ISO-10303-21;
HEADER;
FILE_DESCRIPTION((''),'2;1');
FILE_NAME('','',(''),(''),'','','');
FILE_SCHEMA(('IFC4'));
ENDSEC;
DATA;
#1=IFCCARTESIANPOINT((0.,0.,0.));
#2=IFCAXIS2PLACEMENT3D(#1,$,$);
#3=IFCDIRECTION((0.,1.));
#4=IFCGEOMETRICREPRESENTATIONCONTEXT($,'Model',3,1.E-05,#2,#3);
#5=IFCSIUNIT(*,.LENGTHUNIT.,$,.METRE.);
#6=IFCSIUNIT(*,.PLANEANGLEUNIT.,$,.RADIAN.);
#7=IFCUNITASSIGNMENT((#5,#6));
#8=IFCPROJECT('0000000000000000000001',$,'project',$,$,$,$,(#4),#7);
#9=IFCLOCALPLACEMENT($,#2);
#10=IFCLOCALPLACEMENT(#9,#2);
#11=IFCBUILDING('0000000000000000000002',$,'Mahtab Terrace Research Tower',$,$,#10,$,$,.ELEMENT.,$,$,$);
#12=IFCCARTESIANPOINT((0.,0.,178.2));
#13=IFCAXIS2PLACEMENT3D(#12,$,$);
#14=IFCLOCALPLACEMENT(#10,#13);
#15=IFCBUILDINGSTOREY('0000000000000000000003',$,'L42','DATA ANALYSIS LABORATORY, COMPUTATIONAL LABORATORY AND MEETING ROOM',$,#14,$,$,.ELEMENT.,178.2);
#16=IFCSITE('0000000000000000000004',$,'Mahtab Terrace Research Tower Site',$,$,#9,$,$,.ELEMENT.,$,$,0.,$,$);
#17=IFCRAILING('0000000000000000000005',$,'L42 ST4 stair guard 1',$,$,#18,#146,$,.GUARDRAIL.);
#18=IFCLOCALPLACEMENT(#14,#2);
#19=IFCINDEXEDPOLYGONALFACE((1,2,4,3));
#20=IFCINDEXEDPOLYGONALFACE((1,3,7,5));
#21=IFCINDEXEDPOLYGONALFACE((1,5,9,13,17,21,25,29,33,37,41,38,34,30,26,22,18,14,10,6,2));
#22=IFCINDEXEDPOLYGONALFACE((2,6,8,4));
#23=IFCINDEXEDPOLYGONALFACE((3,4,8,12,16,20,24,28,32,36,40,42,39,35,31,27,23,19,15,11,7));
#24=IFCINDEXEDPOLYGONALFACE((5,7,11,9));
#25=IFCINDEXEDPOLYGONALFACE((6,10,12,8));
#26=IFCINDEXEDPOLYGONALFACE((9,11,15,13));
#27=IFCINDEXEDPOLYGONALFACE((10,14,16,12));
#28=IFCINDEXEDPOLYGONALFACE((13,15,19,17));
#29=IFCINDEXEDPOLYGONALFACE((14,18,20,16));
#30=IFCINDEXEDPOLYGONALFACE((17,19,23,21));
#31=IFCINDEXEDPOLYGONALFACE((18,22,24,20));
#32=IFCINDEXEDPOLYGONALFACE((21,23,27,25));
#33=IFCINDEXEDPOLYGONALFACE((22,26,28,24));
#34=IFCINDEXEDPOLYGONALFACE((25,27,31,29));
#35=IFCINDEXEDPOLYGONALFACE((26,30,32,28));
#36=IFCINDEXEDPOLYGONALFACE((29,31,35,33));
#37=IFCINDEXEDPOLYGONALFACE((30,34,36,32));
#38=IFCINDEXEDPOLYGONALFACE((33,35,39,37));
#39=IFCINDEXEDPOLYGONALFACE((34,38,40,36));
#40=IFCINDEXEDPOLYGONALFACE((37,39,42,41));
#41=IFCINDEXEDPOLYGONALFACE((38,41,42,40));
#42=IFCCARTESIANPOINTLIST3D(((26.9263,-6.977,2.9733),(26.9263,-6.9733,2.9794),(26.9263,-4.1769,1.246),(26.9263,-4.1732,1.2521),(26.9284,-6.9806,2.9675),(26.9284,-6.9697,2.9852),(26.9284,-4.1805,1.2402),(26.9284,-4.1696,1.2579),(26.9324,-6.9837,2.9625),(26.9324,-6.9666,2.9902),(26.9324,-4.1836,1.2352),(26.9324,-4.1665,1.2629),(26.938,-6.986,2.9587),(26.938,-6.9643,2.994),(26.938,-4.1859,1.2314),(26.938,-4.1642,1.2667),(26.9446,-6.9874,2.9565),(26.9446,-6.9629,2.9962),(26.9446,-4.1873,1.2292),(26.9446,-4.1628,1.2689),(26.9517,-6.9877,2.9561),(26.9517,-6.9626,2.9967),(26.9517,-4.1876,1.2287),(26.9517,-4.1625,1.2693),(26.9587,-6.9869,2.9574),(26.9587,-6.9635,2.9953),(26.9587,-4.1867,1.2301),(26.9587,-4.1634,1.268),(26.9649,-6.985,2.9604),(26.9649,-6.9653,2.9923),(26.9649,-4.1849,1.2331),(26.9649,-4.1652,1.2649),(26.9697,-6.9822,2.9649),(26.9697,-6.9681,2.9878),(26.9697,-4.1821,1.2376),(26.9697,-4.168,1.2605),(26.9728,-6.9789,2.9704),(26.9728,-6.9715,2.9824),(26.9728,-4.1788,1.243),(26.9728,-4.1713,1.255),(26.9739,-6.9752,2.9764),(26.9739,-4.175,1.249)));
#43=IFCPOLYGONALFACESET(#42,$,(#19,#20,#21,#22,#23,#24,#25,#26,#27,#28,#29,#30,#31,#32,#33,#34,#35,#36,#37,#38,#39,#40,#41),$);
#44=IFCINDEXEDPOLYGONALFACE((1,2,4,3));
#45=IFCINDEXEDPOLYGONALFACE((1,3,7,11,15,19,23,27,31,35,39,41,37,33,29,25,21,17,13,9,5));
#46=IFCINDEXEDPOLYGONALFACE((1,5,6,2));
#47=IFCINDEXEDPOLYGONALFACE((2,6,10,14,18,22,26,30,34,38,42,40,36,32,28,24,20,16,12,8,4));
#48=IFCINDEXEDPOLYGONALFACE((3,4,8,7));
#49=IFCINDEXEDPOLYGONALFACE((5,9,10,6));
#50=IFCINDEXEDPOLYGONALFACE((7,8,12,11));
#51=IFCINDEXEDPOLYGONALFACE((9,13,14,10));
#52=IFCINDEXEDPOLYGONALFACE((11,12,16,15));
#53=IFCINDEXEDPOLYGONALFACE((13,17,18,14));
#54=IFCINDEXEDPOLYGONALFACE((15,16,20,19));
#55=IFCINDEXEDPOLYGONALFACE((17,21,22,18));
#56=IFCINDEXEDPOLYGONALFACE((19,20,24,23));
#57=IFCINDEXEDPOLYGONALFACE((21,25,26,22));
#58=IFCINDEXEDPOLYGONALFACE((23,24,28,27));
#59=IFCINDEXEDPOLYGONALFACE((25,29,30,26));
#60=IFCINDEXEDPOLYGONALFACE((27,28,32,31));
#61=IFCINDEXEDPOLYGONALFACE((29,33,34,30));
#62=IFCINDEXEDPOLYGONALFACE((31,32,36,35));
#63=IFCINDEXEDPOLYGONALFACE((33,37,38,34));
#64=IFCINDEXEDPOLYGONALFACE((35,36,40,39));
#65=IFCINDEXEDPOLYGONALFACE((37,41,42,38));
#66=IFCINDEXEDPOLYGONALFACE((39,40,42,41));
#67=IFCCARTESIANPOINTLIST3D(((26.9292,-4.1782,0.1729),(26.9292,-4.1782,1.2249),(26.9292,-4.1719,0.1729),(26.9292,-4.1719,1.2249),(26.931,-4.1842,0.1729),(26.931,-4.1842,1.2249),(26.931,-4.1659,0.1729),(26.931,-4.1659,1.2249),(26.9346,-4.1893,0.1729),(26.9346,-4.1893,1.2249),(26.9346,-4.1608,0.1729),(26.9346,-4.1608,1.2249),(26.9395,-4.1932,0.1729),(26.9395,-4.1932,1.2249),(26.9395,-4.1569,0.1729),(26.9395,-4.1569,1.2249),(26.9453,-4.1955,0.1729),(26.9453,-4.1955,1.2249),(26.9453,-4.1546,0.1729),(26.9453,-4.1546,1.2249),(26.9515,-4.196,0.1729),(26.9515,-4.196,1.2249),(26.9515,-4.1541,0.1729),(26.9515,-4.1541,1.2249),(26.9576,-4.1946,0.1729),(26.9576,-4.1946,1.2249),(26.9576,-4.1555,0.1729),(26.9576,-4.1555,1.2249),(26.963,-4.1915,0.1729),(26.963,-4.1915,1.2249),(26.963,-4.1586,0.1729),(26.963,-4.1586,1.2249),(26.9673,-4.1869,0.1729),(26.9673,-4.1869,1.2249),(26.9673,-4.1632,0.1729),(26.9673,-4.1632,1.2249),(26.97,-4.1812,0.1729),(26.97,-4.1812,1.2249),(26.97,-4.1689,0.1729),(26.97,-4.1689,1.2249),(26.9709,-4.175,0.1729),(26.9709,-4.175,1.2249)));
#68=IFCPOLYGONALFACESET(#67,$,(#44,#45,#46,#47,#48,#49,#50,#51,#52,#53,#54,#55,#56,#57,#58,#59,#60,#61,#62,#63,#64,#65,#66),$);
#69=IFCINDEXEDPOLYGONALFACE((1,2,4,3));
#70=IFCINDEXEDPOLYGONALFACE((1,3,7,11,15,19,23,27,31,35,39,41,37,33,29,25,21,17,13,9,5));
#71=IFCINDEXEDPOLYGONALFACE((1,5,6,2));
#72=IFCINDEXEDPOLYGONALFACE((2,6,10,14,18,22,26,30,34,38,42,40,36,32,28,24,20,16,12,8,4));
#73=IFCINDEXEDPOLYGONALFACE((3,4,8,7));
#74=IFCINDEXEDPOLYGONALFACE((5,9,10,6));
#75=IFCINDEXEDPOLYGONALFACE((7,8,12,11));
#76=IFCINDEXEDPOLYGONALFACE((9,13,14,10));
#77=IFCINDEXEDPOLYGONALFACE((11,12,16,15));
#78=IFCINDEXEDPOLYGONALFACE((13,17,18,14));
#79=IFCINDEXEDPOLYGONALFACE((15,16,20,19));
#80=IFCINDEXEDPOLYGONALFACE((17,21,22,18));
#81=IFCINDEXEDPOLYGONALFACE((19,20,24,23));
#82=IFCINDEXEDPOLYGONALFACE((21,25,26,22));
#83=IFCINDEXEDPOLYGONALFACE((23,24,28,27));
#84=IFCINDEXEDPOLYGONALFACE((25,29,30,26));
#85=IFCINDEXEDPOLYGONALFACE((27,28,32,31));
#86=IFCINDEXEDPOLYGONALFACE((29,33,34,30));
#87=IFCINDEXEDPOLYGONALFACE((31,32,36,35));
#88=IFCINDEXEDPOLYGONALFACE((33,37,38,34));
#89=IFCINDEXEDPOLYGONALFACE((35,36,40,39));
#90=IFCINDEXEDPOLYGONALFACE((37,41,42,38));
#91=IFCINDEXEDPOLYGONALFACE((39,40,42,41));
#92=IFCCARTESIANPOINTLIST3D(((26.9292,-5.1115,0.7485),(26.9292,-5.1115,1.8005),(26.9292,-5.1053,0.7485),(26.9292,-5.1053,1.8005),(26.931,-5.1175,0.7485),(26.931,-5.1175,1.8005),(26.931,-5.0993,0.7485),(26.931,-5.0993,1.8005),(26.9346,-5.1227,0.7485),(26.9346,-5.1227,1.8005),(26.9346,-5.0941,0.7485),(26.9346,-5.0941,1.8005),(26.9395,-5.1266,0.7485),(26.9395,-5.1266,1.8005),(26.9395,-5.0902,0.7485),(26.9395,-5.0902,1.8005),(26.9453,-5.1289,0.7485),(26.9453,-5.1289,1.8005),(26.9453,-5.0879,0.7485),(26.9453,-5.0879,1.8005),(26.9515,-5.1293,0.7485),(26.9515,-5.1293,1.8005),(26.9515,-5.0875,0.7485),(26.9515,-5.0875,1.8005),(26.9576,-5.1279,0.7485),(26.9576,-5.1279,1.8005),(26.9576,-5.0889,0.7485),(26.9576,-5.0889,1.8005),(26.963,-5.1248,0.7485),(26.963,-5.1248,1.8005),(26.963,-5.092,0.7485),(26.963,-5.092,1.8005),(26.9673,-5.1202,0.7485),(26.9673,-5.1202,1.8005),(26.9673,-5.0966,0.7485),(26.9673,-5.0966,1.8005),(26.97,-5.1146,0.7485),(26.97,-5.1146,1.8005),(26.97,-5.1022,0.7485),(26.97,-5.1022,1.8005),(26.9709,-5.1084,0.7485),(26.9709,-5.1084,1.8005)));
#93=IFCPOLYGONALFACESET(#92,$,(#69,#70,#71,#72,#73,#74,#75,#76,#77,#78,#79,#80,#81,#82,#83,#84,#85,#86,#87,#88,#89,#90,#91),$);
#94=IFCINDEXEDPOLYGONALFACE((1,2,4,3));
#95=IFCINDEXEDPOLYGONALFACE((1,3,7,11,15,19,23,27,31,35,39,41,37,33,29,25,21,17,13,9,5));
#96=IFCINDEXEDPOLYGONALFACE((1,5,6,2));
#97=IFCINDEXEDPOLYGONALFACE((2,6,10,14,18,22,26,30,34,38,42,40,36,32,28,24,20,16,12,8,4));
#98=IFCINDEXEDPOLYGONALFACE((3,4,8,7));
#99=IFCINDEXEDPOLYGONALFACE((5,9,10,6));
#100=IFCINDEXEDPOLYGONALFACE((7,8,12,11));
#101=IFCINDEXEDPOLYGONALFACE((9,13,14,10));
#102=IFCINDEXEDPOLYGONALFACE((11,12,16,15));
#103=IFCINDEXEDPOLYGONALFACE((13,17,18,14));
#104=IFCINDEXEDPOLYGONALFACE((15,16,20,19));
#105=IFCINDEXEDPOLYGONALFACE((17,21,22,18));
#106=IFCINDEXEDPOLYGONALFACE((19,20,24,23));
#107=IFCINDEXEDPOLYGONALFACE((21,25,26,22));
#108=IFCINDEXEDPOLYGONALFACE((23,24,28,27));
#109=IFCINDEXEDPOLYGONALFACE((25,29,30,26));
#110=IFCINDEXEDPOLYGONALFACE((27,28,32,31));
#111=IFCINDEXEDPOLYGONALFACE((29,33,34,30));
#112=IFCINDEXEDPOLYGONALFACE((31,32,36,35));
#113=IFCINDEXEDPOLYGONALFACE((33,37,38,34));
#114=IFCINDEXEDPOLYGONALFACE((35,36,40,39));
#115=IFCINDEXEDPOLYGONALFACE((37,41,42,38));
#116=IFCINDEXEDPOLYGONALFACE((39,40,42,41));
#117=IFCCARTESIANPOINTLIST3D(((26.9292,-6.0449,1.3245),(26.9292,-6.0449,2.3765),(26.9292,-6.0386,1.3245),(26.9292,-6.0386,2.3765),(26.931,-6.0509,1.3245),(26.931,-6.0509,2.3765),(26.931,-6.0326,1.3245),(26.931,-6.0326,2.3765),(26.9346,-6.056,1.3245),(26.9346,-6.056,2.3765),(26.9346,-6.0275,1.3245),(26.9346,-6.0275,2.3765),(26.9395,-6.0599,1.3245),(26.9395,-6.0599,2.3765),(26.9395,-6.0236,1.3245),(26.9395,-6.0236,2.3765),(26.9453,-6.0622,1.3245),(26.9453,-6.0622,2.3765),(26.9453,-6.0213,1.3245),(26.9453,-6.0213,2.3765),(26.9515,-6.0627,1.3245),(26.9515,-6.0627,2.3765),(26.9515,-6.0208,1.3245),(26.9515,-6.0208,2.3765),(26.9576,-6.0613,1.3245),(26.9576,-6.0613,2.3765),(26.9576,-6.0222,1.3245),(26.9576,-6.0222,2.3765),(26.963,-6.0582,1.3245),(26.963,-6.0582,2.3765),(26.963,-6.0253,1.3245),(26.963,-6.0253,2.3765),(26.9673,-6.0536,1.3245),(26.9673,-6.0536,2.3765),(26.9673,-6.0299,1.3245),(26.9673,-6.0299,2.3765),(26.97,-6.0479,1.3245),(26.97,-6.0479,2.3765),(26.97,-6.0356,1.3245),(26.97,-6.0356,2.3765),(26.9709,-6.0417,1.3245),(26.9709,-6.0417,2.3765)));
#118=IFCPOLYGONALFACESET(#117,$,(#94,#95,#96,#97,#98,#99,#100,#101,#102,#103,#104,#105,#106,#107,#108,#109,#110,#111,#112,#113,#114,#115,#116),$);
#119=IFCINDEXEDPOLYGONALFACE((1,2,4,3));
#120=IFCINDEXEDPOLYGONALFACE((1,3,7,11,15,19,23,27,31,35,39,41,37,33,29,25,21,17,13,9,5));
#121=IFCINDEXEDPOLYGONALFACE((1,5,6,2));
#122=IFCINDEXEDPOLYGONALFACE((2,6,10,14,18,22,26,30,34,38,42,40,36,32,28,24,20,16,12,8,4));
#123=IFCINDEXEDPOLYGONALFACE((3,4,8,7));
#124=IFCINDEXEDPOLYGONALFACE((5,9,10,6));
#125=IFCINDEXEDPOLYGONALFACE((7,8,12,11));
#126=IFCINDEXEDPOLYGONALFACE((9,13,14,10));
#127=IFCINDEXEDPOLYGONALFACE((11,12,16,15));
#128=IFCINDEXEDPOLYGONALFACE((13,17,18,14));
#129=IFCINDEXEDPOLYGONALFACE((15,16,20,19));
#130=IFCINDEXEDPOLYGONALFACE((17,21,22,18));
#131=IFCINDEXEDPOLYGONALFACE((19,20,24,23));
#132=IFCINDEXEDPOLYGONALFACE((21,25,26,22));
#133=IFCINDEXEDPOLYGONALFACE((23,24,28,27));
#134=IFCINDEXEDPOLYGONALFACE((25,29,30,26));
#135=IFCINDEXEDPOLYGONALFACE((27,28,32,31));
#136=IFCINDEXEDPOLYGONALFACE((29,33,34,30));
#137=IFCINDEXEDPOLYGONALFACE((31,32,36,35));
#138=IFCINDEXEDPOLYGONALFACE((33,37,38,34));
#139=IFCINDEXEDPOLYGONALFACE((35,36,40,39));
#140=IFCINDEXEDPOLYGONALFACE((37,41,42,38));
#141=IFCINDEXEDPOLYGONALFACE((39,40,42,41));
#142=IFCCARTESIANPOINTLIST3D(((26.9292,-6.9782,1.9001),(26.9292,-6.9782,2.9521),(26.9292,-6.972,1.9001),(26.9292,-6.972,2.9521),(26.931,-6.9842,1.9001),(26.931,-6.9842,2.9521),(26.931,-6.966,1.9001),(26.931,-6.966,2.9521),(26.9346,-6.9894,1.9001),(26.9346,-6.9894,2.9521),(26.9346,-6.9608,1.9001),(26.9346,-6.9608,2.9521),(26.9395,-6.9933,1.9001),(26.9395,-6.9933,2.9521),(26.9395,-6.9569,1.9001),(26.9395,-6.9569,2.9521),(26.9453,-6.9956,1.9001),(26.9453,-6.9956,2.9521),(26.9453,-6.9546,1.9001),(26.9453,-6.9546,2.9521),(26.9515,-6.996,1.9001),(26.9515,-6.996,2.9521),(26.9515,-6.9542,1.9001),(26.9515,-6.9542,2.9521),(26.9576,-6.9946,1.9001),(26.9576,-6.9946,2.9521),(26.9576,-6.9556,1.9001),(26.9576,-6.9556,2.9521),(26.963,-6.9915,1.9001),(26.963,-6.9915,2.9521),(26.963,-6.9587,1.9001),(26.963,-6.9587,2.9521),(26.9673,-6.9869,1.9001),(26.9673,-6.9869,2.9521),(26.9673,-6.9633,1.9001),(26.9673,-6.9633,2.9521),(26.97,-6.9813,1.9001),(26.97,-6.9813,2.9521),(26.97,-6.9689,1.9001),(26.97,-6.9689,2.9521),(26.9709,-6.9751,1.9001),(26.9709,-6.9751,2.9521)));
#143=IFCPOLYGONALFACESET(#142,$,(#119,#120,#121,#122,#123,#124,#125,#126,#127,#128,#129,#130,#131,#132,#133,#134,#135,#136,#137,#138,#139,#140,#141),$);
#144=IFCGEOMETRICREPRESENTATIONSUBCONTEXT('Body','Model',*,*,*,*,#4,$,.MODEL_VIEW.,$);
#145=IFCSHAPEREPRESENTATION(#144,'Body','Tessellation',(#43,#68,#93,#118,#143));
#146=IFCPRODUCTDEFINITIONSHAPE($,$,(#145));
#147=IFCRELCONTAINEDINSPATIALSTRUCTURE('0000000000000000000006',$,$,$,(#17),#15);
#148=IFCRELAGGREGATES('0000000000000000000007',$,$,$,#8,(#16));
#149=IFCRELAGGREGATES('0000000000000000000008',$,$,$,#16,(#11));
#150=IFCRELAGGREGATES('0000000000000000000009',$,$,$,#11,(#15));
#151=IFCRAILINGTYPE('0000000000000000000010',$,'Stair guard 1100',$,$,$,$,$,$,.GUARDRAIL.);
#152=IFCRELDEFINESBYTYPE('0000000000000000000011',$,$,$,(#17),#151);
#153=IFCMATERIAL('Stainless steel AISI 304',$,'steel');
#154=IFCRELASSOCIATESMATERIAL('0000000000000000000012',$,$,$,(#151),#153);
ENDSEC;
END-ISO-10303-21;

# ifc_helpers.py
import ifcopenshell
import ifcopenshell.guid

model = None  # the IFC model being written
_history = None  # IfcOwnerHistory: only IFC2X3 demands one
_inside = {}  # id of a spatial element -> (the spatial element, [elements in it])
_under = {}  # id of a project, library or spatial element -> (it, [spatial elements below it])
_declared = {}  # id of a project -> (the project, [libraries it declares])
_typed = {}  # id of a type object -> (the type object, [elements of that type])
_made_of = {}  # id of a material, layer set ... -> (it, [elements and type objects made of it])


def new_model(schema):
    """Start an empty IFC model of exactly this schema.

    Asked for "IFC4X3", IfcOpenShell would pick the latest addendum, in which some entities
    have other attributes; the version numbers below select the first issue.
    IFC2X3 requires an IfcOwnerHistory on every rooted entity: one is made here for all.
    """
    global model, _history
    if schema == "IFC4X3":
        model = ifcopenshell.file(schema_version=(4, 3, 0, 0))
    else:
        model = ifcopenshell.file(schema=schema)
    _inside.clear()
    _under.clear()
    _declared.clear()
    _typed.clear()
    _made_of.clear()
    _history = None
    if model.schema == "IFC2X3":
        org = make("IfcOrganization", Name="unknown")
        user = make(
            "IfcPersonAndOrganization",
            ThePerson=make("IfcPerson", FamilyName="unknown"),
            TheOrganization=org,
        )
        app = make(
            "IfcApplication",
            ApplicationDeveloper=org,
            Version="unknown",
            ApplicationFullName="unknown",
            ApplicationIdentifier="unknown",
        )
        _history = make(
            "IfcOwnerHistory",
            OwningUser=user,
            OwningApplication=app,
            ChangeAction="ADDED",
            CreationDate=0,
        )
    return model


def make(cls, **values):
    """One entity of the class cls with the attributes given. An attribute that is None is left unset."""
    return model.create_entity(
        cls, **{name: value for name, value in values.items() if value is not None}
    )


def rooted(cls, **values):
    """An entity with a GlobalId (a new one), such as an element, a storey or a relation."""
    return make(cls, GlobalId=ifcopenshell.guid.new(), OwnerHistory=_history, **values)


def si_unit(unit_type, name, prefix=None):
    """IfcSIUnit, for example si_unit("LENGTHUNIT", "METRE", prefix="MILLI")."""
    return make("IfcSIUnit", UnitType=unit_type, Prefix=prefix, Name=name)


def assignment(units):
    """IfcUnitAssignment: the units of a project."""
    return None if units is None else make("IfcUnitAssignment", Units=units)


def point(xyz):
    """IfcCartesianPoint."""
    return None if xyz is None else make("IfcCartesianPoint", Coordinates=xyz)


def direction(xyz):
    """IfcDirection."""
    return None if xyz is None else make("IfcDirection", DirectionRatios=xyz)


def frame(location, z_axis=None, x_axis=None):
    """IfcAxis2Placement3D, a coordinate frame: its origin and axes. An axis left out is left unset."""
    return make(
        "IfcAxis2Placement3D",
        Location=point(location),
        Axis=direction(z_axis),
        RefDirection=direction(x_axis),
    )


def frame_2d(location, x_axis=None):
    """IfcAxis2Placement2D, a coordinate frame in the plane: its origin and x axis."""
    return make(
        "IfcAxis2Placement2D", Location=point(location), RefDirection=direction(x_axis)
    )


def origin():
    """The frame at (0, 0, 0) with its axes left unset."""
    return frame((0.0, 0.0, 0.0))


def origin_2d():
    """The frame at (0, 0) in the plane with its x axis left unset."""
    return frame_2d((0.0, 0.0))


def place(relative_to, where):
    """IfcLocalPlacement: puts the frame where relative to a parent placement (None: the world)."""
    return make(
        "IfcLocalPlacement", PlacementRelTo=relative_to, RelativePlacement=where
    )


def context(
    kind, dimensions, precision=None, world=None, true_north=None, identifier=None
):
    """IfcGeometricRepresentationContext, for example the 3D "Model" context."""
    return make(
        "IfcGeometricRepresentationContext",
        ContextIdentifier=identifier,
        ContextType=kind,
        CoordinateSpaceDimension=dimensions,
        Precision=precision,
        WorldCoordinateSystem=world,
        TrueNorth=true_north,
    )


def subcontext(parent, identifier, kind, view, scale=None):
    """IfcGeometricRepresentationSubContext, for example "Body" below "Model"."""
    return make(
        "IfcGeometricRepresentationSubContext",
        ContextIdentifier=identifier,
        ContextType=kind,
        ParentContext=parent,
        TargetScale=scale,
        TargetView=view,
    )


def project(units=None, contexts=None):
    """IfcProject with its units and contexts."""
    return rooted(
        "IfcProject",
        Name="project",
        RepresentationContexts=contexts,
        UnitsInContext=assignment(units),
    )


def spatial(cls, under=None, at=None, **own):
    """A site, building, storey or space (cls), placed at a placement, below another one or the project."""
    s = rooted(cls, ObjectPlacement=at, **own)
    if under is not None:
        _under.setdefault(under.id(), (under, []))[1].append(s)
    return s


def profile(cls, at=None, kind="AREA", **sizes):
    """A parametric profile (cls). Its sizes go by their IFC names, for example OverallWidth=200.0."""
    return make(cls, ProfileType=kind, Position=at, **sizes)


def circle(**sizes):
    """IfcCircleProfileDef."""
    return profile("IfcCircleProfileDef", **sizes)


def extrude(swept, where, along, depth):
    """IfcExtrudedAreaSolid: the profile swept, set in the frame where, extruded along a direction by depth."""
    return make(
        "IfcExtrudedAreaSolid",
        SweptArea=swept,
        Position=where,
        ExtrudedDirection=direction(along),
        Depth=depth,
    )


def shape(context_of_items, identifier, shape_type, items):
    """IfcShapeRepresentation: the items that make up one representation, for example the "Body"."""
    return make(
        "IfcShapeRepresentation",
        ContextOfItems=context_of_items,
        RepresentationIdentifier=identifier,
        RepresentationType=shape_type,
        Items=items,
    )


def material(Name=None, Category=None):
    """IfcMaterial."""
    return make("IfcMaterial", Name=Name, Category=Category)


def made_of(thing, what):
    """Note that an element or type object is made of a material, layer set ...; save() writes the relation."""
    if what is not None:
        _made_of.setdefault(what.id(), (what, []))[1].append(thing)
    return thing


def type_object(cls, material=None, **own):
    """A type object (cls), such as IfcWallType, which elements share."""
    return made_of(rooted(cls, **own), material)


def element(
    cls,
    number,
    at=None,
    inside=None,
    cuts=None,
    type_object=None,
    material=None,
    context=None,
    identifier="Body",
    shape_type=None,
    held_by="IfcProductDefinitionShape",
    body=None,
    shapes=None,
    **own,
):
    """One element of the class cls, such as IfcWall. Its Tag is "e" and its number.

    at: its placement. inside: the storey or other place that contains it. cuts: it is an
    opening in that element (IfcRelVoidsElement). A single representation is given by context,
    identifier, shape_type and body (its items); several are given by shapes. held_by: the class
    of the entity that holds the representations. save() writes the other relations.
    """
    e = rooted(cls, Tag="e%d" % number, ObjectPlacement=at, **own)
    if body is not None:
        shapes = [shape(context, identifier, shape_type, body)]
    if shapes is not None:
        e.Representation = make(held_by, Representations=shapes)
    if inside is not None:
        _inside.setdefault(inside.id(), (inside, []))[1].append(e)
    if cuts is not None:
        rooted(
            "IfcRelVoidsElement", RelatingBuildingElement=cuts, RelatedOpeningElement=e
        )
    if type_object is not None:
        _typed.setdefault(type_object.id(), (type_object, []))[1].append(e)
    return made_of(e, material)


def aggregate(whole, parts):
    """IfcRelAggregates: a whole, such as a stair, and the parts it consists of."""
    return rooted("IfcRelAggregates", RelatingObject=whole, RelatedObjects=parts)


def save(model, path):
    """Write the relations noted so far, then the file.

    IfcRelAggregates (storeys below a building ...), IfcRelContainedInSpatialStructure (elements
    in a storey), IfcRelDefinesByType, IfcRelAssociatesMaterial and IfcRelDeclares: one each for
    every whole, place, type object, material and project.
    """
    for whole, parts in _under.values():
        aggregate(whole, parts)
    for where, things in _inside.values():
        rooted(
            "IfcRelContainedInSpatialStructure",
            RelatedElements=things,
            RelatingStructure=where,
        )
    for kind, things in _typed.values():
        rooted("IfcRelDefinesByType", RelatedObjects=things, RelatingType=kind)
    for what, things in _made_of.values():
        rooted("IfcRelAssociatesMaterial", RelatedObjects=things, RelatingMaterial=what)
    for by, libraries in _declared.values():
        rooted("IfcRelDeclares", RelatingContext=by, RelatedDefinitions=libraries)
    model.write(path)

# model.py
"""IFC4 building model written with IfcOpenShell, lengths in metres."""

from ifc_helpers import new_model, si_unit, direction, frame, origin, origin_2d, place, context, subcontext, project, spatial, circle, extrude, material, type_object, element, save


model = new_model("IFC4")

# Units and contexts
model_context = context("Model", 3, precision=1e-05, world=origin(), true_north=direction((0.0, 1.0)))
body_context = subcontext(model_context, "Body", "Model", "MODEL_VIEW")
ifc_project = project(units=[si_unit("LENGTHUNIT", "METRE"), si_unit("PLANEANGLEUNIT", "RADIAN")], contexts=[model_context])

# Site, building, storey
site_placement = place(None, origin())
site = spatial("IfcSite", under=ifc_project, at=site_placement, Name="Mahtab Terrace Research Tower Site", CompositionType="ELEMENT", RefElevation=0.0)
building_placement = place(site_placement, origin())
building = spatial("IfcBuilding", under=site, at=building_placement, Name="Mahtab Terrace Research Tower", CompositionType="ELEMENT")
storey_placement = place(building_placement, frame((0.0, 0.0, 178.2)))
storey = spatial("IfcBuildingStorey", under=building, at=storey_placement, Name="L42", Description="DATA ANALYSIS LABORATORY, COMPUTATIONAL LABORATORY AND MEETING ROOM", CompositionType="ELEMENT", Elevation=178.2)

# Railing
ifc_material_1 = material(Name="Stainless steel AISI 304", Category="steel")
railing_type_1 = type_object("IfcRailingType", Name="Stair guard 1100", PredefinedType="GUARDRAIL", material=ifc_material_1)
railing_1_placement = place(storey_placement, frame((26.95, -4.175, 0.1729)))
element("IfcRailing", 1, at=railing_1_placement, inside=storey, type_object=railing_type_1, Name="L42 ST4 stair guard 1", PredefinedType="GUARDRAIL", context=body_context, shape_type="SweptSolid", body=[
    extrude(circle(Radius=0.0239, at=origin_2d()), frame((0.0, 0.0, 1.0762), z_axis=(0.0, -0.85109, 0.52502), x_axis=(1.0, 0.0, 0.0)), (0.0, 0.0, 1.0), 3.29),
    extrude(circle(Radius=0.021, at=origin_2d()), origin(), (0.0, 0.0, 1.0), 1.052),
    extrude(circle(Radius=0.021, at=origin_2d()), frame((0.0, -0.9333, 0.5757)), (0.0, 0.0, 1.0), 1.052),
    extrude(circle(Radius=0.021, at=origin_2d()), frame((0.0, -1.8667, 1.1516)), (0.0, 0.0, 1.0), 1.052),
    extrude(circle(Radius=0.021, at=origin_2d()), frame((0.0, -2.8, 1.7273)), (0.0, 0.0, 1.0), 1.052),
])

save(model, "model.ifc")
